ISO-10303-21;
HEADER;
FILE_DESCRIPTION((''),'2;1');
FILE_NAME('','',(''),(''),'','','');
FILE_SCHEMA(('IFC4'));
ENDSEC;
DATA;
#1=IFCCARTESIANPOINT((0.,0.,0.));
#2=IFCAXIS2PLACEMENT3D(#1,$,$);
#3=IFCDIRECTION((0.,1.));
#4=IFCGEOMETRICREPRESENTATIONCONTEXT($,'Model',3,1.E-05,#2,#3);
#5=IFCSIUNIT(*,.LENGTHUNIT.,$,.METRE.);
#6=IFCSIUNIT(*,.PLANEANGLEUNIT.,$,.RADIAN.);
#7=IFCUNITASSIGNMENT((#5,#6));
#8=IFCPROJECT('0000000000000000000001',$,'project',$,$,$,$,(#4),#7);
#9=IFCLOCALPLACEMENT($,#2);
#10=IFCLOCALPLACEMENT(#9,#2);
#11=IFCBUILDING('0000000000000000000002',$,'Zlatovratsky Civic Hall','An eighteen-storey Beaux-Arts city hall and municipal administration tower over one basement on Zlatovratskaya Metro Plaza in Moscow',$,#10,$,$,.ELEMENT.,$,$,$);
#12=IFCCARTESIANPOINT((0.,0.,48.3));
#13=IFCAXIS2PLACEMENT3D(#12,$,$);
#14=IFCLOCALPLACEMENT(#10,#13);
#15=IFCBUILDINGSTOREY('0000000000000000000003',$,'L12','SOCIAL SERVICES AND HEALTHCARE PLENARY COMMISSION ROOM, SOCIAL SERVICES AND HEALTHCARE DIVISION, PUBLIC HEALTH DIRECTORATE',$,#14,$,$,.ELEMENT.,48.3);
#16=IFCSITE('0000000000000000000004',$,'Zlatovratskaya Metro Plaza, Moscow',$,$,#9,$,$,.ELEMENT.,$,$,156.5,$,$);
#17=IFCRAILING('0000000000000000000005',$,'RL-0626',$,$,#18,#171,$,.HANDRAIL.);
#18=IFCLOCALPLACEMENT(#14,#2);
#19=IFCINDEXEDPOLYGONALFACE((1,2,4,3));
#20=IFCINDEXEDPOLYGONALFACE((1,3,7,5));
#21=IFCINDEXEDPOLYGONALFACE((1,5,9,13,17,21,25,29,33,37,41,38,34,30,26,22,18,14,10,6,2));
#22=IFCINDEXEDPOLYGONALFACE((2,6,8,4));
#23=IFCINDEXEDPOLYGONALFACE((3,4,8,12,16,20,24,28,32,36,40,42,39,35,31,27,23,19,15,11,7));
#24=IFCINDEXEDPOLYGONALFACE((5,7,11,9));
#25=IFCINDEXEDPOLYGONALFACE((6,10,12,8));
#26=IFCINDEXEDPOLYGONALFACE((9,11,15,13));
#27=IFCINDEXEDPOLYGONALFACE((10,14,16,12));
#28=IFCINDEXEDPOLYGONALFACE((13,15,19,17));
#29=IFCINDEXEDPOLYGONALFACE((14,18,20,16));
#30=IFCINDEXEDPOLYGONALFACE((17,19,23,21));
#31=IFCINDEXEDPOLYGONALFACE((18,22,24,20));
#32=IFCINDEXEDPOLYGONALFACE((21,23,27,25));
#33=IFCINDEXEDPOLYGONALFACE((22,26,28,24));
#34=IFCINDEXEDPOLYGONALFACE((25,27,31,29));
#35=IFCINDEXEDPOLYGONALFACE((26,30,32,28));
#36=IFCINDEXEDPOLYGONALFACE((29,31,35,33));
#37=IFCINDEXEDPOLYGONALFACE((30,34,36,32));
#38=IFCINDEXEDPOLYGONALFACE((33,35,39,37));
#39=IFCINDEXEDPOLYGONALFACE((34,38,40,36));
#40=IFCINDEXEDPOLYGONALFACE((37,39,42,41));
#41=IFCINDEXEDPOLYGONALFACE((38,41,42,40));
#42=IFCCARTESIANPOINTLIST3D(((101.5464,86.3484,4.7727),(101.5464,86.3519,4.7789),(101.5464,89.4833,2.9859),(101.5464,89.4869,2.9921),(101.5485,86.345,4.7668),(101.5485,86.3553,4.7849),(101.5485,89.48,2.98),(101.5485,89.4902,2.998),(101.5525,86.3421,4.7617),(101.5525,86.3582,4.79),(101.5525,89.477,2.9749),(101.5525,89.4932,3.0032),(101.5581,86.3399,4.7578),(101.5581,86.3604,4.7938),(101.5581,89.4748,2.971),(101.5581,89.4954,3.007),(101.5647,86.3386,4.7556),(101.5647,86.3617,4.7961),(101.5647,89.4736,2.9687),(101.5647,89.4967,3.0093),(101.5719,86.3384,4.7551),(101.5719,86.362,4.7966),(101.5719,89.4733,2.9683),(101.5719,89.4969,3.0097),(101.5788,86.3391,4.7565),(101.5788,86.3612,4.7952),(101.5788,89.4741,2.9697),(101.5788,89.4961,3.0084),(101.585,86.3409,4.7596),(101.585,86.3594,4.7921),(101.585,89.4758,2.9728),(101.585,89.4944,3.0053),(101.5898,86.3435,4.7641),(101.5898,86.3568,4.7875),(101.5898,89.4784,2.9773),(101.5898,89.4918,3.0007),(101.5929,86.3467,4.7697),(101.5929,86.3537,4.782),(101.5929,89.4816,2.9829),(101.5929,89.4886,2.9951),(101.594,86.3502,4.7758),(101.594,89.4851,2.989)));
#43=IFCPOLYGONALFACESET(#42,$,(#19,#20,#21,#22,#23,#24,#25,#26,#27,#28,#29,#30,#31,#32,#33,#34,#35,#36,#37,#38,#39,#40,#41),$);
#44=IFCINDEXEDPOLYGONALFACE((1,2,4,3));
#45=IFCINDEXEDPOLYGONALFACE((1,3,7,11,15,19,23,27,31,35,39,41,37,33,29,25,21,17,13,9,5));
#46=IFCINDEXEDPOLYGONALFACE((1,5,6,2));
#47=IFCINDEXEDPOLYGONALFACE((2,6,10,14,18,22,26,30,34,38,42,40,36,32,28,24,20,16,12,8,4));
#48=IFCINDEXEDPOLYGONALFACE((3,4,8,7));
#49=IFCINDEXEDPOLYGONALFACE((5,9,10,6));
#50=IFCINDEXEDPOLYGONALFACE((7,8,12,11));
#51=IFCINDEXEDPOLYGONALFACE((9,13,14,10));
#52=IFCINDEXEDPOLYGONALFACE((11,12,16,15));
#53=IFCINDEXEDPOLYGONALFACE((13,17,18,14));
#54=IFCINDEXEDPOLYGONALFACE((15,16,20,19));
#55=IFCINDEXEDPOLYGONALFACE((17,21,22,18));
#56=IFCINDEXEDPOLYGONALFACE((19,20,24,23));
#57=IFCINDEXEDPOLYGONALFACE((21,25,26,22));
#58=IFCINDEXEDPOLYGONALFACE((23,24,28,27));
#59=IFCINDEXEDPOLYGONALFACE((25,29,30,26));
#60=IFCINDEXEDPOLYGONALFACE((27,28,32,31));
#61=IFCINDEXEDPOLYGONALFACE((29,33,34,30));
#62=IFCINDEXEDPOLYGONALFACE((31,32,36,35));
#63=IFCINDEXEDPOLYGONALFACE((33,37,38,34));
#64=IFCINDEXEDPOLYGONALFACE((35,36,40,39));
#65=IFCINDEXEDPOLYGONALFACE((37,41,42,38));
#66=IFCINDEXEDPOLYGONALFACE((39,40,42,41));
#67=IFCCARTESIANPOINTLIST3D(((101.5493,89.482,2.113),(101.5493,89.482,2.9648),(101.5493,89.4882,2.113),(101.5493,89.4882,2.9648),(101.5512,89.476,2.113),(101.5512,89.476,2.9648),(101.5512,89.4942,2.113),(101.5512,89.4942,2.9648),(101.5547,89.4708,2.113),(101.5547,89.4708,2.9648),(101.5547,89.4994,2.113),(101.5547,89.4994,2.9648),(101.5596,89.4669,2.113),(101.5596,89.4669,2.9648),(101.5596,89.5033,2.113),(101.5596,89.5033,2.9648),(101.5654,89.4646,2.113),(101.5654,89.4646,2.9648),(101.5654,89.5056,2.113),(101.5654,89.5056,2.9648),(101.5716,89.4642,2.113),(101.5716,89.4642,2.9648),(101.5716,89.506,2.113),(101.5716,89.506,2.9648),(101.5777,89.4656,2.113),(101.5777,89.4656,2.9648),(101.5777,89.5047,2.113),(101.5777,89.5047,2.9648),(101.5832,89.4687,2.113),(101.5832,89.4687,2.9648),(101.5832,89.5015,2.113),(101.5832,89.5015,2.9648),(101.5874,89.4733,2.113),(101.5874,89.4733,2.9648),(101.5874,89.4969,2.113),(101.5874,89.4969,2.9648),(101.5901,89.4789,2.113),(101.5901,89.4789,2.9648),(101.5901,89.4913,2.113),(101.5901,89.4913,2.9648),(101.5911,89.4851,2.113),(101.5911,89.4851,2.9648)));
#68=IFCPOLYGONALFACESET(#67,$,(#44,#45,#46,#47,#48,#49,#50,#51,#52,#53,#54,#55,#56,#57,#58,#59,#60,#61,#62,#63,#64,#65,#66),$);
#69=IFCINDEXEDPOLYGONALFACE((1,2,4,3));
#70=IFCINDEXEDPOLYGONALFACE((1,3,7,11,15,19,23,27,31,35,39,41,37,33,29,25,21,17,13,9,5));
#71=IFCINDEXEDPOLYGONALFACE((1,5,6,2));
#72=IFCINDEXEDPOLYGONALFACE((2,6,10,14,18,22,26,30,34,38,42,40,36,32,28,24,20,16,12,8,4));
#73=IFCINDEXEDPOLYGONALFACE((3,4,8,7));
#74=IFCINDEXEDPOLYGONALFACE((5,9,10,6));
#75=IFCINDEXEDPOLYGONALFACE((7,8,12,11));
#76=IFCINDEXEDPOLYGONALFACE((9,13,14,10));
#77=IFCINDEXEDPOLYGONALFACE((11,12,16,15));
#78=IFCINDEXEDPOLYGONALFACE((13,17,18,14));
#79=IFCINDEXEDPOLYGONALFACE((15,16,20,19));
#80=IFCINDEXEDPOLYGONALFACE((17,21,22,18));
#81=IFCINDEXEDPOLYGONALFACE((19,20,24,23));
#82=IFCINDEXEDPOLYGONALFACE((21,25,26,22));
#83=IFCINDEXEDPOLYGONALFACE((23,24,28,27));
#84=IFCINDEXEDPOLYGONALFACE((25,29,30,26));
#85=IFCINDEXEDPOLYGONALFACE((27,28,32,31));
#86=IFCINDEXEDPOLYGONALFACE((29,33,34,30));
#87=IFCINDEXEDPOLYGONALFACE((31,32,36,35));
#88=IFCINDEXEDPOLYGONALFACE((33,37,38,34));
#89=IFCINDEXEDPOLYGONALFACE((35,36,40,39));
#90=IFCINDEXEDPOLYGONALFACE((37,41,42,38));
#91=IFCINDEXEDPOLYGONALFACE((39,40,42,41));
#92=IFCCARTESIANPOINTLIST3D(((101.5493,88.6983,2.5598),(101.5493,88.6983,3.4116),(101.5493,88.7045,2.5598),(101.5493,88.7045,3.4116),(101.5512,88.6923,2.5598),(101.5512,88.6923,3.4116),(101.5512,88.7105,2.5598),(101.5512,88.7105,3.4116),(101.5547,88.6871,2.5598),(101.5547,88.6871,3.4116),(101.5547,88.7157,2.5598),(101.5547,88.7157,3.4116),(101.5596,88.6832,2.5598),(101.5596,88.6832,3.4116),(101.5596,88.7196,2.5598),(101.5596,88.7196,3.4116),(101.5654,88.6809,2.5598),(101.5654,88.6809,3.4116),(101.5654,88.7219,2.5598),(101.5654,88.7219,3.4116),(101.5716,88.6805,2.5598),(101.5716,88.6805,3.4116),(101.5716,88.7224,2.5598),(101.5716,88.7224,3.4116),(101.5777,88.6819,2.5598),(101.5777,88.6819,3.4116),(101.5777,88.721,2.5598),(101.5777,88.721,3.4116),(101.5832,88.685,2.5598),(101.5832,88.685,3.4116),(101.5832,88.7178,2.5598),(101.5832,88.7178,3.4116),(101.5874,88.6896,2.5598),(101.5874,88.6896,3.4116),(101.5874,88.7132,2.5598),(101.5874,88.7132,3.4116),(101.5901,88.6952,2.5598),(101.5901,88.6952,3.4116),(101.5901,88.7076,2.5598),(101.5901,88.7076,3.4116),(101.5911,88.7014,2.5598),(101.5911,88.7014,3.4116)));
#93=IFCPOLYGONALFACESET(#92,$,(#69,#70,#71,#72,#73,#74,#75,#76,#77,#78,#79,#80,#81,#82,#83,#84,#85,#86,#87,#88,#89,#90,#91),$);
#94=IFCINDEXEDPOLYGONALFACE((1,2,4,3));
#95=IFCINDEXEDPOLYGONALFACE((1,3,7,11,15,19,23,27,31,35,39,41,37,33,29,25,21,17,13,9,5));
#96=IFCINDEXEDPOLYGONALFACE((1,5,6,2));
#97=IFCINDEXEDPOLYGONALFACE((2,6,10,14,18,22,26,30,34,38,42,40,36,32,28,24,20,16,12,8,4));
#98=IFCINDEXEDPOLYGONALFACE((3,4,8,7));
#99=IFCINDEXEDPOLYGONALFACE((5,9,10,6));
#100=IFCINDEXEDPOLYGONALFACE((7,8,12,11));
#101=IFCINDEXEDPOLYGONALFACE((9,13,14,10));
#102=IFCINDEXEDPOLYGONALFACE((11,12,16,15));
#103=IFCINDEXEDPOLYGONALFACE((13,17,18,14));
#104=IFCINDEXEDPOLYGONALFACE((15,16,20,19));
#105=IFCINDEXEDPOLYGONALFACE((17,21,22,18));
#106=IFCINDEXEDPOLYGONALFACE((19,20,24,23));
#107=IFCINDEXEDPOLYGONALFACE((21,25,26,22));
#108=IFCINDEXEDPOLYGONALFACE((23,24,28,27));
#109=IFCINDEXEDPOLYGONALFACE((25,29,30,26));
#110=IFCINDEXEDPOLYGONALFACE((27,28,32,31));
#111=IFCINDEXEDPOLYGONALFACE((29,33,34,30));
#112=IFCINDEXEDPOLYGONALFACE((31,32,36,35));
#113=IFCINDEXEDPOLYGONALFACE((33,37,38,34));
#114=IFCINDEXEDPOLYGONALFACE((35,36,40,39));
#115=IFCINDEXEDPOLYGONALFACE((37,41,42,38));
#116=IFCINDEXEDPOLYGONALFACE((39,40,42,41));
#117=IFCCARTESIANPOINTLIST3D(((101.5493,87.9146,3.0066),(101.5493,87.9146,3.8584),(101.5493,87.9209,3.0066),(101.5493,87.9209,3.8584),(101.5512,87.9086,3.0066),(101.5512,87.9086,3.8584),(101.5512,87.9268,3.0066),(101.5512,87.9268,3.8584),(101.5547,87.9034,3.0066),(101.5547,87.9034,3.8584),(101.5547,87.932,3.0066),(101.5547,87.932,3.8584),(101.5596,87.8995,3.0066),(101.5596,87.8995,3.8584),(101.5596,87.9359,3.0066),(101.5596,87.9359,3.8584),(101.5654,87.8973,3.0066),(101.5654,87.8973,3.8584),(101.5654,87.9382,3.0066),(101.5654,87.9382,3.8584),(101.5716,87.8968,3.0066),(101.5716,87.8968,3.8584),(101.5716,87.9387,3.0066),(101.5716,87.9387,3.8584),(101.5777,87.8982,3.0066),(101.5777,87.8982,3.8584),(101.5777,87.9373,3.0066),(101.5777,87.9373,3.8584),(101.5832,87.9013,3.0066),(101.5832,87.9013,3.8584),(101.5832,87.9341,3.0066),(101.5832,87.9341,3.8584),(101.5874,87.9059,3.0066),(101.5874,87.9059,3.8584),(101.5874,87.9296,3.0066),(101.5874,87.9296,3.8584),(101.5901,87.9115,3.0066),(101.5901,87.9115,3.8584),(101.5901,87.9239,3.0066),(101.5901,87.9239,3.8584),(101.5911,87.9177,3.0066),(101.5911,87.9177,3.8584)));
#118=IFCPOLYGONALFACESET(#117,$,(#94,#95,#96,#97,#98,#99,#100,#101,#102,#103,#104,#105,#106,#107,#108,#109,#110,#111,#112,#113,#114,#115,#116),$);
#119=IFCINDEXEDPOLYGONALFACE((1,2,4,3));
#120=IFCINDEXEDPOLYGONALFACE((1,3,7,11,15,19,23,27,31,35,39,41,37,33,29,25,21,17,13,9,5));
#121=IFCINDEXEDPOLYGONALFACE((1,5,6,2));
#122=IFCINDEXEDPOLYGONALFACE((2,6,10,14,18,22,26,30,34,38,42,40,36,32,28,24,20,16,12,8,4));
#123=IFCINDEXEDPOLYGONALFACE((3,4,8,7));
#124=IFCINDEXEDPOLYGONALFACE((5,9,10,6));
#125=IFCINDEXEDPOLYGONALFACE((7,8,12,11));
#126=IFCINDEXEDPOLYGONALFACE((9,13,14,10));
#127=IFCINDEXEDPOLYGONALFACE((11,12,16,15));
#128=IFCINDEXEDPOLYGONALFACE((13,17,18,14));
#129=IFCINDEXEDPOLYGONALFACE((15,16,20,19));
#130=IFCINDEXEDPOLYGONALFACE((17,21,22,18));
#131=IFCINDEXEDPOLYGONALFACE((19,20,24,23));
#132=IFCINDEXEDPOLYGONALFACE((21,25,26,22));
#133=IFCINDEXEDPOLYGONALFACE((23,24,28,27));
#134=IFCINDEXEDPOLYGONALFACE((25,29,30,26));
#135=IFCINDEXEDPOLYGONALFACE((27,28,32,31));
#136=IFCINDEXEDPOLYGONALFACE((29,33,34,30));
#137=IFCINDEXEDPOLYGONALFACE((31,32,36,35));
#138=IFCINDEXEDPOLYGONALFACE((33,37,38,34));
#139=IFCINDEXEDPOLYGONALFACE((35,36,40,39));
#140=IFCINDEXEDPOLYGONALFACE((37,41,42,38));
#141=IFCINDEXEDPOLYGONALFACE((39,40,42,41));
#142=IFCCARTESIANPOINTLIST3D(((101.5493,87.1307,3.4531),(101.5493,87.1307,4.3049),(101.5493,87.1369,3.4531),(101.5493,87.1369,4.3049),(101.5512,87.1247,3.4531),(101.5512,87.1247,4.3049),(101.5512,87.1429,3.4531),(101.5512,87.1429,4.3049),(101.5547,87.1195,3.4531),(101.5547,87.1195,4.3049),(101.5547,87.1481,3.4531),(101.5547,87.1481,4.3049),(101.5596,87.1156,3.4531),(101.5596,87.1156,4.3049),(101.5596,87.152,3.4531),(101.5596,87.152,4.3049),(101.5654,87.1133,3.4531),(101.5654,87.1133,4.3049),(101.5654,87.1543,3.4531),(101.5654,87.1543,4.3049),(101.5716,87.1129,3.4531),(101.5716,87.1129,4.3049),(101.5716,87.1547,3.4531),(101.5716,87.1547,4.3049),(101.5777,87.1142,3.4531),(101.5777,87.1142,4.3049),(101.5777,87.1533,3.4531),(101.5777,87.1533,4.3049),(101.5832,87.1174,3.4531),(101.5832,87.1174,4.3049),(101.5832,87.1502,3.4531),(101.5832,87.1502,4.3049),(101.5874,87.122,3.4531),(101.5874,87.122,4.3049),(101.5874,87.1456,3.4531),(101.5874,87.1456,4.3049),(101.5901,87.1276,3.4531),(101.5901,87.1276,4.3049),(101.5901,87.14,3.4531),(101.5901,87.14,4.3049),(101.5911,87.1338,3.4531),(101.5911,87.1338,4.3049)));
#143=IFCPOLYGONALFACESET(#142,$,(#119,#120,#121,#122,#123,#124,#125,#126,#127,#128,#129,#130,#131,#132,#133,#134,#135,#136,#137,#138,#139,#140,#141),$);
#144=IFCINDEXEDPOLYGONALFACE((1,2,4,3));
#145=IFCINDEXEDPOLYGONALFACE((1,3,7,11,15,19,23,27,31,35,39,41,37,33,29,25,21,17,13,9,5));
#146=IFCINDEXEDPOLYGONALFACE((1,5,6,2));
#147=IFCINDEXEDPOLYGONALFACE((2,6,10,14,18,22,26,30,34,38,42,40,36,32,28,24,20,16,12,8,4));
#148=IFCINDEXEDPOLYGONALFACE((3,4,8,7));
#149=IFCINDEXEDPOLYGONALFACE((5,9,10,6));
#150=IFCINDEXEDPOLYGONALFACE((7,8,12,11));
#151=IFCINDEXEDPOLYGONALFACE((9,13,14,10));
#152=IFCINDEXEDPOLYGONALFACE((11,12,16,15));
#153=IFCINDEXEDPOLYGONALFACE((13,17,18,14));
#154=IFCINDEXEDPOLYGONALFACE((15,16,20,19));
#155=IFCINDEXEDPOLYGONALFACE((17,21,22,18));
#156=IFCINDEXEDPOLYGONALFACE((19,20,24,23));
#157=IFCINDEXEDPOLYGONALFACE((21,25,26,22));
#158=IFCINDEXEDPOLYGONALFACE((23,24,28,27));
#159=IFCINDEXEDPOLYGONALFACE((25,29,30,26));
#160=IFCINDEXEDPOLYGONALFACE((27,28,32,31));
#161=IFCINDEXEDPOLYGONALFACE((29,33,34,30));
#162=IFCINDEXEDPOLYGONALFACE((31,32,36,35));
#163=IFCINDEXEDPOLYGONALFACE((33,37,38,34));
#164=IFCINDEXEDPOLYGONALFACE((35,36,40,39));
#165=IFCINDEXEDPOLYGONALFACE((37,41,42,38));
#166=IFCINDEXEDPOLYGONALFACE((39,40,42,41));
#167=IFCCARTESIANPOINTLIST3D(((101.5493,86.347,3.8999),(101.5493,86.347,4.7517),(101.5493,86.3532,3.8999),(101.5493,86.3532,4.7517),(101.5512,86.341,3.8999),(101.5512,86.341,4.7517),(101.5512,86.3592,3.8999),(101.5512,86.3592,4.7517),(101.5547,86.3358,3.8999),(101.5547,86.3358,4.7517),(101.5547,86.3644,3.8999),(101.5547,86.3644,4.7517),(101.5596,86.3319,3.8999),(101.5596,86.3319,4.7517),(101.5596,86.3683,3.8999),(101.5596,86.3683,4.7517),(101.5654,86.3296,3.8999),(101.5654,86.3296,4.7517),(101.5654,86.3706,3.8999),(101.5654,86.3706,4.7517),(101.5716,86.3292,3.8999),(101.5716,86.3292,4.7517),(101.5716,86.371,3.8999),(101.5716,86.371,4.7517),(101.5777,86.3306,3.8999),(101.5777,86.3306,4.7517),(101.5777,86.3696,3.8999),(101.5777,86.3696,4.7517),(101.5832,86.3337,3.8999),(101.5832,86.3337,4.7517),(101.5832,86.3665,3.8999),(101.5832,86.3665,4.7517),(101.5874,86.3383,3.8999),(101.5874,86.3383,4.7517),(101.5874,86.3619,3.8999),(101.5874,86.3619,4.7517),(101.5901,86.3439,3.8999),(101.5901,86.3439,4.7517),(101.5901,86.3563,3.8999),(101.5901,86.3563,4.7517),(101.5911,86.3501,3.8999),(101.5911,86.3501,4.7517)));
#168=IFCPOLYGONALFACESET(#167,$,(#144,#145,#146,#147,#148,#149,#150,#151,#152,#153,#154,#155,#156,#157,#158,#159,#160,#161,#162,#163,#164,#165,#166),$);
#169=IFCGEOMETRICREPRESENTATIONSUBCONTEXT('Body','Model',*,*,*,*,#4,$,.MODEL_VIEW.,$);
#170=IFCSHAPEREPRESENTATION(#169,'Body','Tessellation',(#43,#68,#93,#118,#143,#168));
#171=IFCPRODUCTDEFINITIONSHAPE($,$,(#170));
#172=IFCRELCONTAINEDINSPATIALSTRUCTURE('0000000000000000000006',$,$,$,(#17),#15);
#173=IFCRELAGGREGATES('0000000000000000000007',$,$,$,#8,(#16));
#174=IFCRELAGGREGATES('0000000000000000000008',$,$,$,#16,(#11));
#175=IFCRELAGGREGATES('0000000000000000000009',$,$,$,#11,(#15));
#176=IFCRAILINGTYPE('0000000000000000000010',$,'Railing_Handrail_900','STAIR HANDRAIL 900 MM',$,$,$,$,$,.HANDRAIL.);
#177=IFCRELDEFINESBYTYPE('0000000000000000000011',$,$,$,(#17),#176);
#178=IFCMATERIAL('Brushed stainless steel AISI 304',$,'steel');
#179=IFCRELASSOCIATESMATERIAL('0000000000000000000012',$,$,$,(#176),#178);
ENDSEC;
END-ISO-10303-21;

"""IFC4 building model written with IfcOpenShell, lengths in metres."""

from ifc_helpers import new_model, si_unit, direction, frame, origin, origin_2d, place, context, subcontext, project, spatial, circle, extrude, material, type_object, element, save


model = new_model("IFC4")

# Units and contexts
model_context = context("Model", 3, precision=1e-05, world=origin(), true_north=direction((0.0, 1.0)))
body_context = subcontext(model_context, "Body", "Model", "MODEL_VIEW")
ifc_project = project(units=[si_unit("LENGTHUNIT", "METRE"), si_unit("PLANEANGLEUNIT", "RADIAN")], contexts=[model_context])

# Site, building, storey
site_placement = place(None, origin())
site = spatial("IfcSite", under=ifc_project, at=site_placement, Name="Zlatovratskaya Metro Plaza, Moscow", CompositionType="ELEMENT", RefElevation=156.5)
building_placement = place(site_placement, origin())
building = spatial("IfcBuilding", under=site, at=building_placement, Name="Zlatovratsky Civic Hall", Description="An eighteen-storey Beaux-Arts city hall and municipal administration tower over one basement on Zlatovratskaya Metro Plaza in Moscow", CompositionType="ELEMENT")
storey_placement = place(building_placement, frame((0.0, 0.0, 48.3)))
storey = spatial("IfcBuildingStorey", under=building, at=storey_placement, Name="L12", Description="SOCIAL SERVICES AND HEALTHCARE PLENARY COMMISSION ROOM, SOCIAL SERVICES AND HEALTHCARE DIVISION, PUBLIC HEALTH DIRECTORATE", CompositionType="ELEMENT", Elevation=48.3)

# Railing
ifc_material_1 = material(Name="Brushed stainless steel AISI 304", Category="steel")
railing_type = type_object("IfcRailingType", Name="Railing_Handrail_900", Description="STAIR HANDRAIL 900 MM", PredefinedType="HANDRAIL", material=ifc_material_1)
railing_placement = place(storey_placement, frame((101.5701, 89.4851, 2.113)))
element("IfcRailing", 1, at=railing_placement, inside=storey, type_object=railing_type, Name="RL-0626", PredefinedType="HANDRAIL", context=body_context, shape_type="SweptSolid", body=[
    extrude(circle(Radius=0.0239, at=origin_2d()), frame((0.0, 0.0, 0.876), z_axis=(0.0, -0.868788, 0.495184), x_axis=(1.0, 0.0, 0.0)), (0.0, 0.0, 1.0), 3.6084),
    extrude(circle(Radius=0.021, at=origin_2d()), origin(), (0.0, 0.0, 1.0), 0.8518),
    extrude(circle(Radius=0.021, at=origin_2d()), frame((0.0, -0.7837, 0.4468)), (0.0, 0.0, 1.0), 0.8518),
    extrude(circle(Radius=0.021, at=origin_2d()), frame((0.0, -1.5674, 0.8936)), (0.0, 0.0, 1.0), 0.8518),
    extrude(circle(Radius=0.021, at=origin_2d()), frame((0.0, -2.3513, 1.3401)), (0.0, 0.0, 1.0), 0.8518),
    extrude(circle(Radius=0.021, at=origin_2d()), frame((0.0, -3.135, 1.7869)), (0.0, 0.0, 1.0), 0.8518),
])

save(model, "model.ifc")
